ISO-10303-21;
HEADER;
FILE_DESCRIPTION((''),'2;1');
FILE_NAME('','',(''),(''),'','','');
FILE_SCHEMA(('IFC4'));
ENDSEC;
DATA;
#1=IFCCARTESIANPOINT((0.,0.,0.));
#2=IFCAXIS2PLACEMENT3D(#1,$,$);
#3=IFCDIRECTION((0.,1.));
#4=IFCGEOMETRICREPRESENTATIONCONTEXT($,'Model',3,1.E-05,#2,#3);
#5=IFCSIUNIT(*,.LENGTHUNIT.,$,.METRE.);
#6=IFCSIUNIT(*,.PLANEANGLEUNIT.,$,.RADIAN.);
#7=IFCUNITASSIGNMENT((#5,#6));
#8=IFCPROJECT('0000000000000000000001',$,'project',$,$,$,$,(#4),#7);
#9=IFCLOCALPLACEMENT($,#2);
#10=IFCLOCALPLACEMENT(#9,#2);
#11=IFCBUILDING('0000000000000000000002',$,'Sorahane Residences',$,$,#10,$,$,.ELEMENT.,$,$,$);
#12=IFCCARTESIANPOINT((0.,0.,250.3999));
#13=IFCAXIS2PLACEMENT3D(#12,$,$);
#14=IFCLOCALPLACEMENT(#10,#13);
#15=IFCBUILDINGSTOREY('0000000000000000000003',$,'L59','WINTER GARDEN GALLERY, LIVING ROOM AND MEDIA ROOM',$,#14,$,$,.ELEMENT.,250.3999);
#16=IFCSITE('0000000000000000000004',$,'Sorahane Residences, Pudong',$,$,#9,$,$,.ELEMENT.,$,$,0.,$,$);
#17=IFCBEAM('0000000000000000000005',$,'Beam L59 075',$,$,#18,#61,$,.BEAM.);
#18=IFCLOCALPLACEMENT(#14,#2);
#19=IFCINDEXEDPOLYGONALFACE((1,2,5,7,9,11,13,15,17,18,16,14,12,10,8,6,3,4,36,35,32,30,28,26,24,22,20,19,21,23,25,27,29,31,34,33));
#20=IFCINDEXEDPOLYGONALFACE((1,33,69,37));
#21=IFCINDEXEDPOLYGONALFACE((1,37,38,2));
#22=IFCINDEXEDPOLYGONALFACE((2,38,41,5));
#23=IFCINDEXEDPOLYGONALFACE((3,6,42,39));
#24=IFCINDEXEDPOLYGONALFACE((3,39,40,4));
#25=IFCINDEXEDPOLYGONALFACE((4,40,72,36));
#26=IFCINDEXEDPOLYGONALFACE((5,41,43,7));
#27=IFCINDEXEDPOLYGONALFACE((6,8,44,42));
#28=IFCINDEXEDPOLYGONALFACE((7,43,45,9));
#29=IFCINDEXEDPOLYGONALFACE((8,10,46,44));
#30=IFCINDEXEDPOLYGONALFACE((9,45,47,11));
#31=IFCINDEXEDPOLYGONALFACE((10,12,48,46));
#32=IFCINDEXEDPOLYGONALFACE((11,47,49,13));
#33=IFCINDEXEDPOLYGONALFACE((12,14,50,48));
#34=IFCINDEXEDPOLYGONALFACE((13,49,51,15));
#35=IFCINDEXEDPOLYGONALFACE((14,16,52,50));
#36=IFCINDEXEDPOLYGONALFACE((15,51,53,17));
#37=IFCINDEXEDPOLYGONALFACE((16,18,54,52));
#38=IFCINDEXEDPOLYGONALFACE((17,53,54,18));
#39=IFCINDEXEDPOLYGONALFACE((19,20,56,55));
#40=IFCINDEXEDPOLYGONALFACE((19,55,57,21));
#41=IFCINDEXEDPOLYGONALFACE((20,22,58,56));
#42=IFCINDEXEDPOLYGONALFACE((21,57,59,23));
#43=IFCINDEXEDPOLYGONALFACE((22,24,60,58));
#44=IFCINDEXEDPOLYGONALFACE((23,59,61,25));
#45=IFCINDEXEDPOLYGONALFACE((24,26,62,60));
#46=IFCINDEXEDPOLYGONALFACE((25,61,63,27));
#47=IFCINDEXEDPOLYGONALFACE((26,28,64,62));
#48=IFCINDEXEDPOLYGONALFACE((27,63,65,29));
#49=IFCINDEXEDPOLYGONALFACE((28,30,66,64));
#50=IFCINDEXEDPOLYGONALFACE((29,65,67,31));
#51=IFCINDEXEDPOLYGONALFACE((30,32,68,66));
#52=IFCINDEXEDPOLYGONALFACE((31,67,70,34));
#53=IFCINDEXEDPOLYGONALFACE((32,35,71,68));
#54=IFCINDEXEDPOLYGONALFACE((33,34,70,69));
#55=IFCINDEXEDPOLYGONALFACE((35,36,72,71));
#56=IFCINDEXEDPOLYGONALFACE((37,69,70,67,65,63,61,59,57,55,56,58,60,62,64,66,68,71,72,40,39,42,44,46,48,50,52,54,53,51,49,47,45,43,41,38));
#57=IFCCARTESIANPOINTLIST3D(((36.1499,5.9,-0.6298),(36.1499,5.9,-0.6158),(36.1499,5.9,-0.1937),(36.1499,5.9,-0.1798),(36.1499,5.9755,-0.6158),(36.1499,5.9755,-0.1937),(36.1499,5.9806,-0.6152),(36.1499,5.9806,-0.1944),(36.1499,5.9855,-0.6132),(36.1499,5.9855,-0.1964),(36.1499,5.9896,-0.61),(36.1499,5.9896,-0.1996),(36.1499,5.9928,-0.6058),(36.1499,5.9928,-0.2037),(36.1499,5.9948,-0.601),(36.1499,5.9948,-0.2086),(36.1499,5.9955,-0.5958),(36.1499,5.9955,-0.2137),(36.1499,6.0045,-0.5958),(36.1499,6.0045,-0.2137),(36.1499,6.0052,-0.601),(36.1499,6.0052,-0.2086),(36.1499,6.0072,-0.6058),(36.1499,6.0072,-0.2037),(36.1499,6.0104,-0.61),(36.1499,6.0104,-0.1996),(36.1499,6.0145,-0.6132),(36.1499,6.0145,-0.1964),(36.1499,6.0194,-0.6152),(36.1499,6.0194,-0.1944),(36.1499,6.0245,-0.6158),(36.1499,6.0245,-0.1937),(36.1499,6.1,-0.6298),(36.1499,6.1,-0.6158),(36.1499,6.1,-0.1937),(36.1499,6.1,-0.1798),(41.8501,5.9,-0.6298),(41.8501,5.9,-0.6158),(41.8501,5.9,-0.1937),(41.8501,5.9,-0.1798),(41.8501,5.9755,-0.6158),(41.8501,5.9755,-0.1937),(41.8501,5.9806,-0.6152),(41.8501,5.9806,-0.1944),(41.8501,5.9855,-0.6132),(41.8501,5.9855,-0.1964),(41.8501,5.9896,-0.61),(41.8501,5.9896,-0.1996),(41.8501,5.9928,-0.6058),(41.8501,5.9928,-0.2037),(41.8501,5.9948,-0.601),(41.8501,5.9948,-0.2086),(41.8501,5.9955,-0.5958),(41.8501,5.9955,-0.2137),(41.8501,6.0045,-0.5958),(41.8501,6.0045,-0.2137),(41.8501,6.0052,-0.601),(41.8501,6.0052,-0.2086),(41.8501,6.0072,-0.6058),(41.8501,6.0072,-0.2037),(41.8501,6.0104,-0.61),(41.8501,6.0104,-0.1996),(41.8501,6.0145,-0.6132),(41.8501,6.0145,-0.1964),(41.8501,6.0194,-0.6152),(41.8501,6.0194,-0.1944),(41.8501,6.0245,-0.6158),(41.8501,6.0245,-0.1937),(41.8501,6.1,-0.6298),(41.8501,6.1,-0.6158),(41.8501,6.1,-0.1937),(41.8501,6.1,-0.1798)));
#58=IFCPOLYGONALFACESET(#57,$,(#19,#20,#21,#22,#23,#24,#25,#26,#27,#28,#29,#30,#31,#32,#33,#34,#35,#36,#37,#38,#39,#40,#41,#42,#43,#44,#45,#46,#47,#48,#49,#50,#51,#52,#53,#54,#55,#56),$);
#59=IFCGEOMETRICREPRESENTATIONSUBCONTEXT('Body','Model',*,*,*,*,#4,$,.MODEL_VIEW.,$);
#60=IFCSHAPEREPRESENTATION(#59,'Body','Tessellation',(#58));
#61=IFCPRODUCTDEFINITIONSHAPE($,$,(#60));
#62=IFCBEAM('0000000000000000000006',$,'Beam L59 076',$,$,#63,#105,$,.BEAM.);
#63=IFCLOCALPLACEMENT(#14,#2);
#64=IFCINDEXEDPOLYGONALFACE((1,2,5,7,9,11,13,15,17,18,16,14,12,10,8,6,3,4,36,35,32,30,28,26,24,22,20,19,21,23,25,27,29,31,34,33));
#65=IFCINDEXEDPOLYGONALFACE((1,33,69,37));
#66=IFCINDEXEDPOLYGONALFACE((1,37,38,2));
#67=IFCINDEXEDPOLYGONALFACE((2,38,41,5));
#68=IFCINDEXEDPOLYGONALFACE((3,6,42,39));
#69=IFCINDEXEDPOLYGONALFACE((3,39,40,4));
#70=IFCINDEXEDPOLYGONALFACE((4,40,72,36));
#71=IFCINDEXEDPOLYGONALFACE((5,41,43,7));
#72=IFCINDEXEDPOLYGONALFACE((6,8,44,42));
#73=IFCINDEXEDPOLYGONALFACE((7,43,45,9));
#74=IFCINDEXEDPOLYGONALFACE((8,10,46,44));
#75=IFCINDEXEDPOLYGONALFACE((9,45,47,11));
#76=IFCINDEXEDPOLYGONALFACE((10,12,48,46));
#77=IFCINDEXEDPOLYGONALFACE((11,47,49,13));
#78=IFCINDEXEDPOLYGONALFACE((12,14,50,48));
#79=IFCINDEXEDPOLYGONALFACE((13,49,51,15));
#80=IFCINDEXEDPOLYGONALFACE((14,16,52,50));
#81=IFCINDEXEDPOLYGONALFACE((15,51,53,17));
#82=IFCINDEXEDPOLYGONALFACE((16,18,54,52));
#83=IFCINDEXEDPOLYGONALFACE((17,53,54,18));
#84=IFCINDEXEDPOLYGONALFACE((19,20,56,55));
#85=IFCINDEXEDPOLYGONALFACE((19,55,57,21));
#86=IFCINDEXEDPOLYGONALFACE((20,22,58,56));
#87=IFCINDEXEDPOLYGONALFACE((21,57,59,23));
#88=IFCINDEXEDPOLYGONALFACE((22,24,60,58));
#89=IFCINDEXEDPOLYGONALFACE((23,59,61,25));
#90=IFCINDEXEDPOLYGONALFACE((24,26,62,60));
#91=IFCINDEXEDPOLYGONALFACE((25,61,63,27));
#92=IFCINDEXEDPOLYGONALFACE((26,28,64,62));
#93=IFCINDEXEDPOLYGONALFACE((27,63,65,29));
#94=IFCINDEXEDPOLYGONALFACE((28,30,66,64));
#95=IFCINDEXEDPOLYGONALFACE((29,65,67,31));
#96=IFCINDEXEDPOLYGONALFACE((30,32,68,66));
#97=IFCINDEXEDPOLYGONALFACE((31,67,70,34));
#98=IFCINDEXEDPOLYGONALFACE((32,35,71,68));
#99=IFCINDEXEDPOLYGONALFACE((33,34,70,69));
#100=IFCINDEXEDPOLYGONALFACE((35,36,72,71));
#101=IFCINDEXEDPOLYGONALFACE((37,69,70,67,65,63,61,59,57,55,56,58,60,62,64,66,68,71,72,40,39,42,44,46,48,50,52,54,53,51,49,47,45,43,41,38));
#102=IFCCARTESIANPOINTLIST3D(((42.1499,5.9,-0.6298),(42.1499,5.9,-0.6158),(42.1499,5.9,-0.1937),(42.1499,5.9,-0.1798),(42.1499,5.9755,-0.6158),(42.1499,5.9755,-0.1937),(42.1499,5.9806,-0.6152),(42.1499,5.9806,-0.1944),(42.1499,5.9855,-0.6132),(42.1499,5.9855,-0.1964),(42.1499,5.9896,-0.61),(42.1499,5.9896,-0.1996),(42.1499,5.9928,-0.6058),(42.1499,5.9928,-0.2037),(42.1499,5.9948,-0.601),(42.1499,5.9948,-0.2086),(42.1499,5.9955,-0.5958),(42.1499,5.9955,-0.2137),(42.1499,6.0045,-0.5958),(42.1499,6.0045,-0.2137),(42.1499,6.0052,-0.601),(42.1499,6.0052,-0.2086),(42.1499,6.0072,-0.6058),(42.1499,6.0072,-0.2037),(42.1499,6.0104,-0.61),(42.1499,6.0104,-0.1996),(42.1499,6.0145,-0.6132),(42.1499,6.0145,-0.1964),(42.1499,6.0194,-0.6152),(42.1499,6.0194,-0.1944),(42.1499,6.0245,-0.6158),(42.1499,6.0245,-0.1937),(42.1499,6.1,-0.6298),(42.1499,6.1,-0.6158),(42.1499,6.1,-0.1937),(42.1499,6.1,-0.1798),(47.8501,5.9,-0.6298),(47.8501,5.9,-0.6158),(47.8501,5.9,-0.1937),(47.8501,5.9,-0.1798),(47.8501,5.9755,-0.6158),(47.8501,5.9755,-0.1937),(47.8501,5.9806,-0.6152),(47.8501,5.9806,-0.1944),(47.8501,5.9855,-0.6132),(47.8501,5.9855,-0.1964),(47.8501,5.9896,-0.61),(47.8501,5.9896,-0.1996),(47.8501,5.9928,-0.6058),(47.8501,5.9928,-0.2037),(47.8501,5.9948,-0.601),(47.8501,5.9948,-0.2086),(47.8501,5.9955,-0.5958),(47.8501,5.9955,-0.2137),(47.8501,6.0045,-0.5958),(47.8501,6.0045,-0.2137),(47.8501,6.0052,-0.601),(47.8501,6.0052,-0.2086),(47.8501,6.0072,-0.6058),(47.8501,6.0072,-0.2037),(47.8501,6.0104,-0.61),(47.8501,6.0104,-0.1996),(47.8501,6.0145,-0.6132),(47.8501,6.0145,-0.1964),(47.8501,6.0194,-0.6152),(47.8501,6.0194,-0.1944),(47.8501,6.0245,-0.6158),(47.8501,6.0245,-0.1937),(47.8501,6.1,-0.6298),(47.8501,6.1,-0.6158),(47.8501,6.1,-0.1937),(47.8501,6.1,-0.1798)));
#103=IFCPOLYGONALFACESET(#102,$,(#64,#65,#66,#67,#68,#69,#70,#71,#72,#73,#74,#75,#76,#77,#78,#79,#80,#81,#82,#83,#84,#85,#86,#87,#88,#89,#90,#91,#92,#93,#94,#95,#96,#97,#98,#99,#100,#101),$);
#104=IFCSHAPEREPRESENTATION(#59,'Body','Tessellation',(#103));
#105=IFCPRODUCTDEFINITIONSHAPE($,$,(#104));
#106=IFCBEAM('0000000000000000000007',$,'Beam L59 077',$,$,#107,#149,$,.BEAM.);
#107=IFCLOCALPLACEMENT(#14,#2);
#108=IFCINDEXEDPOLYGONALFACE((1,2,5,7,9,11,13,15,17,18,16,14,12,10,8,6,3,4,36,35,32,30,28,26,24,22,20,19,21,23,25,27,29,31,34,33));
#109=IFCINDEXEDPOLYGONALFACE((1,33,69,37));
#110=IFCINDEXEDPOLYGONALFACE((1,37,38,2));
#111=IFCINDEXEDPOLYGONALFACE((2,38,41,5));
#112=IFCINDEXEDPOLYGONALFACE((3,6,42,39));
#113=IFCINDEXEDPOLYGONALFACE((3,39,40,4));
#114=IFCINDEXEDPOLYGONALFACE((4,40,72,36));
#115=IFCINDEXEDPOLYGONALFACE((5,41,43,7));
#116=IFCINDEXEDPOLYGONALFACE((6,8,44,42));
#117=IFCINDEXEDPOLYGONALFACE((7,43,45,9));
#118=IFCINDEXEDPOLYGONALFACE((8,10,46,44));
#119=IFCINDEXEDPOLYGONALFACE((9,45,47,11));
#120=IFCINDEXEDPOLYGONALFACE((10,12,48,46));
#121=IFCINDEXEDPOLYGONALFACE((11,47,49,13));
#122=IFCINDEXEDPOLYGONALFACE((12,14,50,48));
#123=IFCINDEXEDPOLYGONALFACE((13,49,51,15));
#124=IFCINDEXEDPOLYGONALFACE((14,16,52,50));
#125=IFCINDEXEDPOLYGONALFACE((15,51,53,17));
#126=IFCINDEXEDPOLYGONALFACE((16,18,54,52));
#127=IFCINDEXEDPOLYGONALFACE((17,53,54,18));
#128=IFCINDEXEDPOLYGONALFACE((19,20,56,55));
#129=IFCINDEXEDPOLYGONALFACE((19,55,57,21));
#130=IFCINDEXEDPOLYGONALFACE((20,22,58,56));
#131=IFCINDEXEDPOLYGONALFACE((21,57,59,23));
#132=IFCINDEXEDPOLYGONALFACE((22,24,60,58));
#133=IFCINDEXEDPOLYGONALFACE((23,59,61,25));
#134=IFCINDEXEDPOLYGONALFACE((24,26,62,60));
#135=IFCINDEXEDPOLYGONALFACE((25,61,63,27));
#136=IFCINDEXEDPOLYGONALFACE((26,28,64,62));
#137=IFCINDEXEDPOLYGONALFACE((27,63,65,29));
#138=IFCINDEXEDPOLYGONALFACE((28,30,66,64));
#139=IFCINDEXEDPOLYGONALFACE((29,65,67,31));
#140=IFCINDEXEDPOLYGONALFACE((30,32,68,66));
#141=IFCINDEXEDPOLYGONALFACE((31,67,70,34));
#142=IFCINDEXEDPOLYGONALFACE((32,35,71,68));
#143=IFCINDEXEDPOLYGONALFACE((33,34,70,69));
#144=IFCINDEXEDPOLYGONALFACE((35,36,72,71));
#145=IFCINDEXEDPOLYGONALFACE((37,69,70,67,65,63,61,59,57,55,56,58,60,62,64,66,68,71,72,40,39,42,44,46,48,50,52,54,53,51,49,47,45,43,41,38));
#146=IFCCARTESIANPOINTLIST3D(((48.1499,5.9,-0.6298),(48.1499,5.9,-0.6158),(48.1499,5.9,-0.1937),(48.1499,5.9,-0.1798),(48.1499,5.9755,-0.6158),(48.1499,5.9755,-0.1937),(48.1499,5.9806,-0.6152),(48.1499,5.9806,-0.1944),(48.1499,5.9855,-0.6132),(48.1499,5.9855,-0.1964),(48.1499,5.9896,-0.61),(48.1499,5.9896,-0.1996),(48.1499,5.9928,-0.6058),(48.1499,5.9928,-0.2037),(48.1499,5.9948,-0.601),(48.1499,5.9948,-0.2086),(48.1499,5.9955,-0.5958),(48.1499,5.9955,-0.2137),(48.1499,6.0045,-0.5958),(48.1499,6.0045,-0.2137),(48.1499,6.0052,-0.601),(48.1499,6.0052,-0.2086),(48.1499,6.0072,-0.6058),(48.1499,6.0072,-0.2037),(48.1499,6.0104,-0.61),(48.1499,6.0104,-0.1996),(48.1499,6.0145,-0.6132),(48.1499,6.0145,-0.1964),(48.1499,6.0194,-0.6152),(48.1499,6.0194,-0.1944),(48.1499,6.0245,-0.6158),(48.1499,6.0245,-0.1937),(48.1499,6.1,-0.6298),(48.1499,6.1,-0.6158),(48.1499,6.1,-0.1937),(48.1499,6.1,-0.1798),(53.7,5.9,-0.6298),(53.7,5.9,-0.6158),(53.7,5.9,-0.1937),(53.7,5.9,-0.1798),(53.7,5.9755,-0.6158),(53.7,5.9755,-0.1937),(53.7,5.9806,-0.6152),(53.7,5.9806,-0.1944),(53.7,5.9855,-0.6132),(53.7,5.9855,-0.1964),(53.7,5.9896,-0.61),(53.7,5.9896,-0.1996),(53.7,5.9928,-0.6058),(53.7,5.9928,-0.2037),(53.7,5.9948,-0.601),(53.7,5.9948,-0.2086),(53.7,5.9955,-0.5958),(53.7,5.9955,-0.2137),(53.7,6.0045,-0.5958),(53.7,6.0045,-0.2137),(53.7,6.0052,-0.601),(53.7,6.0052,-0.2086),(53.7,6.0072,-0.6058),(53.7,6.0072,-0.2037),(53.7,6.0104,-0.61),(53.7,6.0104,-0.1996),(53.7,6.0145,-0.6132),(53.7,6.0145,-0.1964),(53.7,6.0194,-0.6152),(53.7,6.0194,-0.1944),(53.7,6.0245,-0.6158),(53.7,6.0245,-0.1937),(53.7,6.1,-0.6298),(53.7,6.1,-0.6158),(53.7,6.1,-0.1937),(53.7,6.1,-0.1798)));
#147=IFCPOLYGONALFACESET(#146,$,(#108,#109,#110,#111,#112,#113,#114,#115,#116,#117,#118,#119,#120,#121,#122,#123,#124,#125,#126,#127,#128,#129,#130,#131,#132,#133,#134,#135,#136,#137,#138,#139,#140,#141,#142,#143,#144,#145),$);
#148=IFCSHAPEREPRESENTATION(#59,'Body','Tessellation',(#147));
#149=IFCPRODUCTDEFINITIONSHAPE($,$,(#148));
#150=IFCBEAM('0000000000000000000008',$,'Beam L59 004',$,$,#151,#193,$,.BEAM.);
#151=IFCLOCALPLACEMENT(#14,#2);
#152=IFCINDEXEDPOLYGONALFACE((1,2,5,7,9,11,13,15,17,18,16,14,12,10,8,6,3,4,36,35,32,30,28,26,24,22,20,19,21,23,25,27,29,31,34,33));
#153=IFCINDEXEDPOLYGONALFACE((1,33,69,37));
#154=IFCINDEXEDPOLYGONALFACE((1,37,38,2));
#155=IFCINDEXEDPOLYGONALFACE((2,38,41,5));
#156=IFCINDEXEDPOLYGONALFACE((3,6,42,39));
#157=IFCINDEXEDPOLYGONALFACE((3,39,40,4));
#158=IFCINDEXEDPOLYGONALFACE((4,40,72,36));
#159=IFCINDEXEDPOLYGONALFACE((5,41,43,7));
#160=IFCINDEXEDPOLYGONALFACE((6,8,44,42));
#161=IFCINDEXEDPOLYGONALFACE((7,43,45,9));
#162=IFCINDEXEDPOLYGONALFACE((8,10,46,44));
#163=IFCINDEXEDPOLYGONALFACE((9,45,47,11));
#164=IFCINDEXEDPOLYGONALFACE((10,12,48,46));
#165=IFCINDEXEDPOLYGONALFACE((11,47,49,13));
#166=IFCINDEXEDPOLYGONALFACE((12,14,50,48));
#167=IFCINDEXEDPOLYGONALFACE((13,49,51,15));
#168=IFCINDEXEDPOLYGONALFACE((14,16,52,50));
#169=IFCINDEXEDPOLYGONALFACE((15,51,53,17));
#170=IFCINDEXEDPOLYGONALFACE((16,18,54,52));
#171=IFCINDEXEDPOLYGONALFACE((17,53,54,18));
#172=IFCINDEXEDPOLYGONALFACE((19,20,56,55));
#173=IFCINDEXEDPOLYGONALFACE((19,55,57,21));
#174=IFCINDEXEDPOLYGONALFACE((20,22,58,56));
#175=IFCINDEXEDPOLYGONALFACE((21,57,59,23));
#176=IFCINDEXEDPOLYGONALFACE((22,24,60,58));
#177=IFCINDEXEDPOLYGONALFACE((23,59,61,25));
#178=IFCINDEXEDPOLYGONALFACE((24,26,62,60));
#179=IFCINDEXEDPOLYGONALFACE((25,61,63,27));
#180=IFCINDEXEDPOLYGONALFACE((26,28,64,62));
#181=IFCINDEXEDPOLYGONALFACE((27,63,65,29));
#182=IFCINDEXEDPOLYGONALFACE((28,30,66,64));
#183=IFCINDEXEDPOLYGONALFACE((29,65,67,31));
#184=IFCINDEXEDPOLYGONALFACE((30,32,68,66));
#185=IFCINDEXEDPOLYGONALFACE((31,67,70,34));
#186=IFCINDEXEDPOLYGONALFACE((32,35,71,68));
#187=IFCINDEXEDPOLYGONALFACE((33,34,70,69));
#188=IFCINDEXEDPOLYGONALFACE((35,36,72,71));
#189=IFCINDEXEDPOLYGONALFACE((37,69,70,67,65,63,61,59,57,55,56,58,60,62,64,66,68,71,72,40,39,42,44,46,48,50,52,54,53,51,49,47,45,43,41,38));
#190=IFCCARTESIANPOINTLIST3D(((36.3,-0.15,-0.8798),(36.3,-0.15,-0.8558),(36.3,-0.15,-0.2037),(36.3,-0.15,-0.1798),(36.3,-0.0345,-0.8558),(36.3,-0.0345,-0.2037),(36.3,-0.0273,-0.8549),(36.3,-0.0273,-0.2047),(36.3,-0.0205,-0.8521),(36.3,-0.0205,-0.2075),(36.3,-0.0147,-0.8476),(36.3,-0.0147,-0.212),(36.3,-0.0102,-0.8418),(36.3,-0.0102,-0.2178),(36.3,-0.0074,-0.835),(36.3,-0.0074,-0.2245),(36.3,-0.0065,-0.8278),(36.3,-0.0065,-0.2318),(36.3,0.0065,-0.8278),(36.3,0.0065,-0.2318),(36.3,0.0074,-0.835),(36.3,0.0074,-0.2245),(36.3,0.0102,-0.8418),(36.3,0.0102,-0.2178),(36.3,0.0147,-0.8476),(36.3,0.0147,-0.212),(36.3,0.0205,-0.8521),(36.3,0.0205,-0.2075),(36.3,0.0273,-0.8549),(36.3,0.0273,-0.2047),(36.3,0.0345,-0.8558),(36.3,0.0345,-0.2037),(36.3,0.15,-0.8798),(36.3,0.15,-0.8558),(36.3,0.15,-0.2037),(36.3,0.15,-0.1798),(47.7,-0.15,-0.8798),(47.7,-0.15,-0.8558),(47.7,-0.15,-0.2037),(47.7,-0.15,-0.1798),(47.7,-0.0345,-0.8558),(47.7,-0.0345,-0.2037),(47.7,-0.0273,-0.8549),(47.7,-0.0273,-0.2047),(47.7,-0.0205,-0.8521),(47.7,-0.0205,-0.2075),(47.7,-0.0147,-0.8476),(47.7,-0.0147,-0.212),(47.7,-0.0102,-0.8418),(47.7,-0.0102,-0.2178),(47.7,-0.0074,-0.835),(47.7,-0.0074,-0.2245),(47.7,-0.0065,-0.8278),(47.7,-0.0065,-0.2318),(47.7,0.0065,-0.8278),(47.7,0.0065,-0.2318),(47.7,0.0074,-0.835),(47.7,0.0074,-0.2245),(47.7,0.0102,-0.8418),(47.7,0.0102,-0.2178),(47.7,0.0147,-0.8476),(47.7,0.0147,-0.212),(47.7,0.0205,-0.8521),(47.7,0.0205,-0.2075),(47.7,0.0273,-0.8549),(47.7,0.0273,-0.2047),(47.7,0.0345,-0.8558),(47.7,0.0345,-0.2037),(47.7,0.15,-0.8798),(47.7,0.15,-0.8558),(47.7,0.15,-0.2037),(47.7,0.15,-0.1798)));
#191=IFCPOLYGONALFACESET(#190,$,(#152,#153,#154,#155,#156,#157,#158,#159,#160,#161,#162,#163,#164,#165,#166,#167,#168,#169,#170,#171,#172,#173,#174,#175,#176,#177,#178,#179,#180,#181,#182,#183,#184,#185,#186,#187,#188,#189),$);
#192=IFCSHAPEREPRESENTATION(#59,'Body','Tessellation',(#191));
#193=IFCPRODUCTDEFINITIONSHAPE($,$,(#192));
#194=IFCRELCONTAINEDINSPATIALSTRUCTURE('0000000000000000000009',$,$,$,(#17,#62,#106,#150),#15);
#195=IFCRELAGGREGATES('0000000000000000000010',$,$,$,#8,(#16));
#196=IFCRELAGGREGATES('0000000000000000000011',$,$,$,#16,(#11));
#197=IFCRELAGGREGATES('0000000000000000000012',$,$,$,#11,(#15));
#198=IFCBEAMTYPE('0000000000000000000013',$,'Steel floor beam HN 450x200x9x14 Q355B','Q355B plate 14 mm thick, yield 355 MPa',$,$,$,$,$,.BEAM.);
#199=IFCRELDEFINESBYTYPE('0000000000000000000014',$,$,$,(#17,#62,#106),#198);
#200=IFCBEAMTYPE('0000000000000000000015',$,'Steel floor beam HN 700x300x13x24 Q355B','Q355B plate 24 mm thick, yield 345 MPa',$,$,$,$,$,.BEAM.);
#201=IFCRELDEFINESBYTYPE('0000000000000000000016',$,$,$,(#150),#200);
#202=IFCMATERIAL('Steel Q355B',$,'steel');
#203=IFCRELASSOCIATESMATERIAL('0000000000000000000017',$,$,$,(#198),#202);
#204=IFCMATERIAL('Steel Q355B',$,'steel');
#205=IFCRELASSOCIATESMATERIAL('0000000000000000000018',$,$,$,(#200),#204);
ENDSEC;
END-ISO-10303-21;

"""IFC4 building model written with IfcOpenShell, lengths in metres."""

from ifc_helpers import new_model, si_unit, direction, frame, origin, origin_2d, place, context, subcontext, project, spatial, i_section, extrude, material, material_profile, profile_set, type_object, element, save


model = new_model("IFC4")

# Units and contexts
model_context = context("Model", 3, precision=1e-05, world=origin(), true_north=direction((0.0, 1.0)))
body_context = subcontext(model_context, "Body", "Model", "MODEL_VIEW")
ifc_project = project(units=[si_unit("LENGTHUNIT", "METRE"), si_unit("PLANEANGLEUNIT", "RADIAN")], contexts=[model_context])

# Site, building, storey
site_placement = place(None, origin())
site = spatial("IfcSite", under=ifc_project, at=site_placement, Name="Sorahane Residences, Pudong", CompositionType="ELEMENT", RefElevation=0.0)
building_placement = place(site_placement, origin())
building = spatial("IfcBuilding", under=site, at=building_placement, Name="Sorahane Residences", CompositionType="ELEMENT")
storey_placement = place(building_placement, frame((0.0, 0.0, 250.3999)))
storey = spatial("IfcBuildingStorey", under=building, at=storey_placement, Name="L59", Description="WINTER GARDEN GALLERY, LIVING ROOM AND MEDIA ROOM", CompositionType="ELEMENT", Elevation=250.3999)

# Beams
ifc_material_1 = material(Name="Steel Q355B", Category="steel")
ifc_material_profile_1 = material_profile(ifc_material_1, i_section(OverallWidth=0.2, OverallDepth=0.45, WebThickness=0.009, FlangeThickness=0.0139, FilletRadius=0.02, at=origin_2d()), Name="HN 450x200x9x14")
ifc_profile_set_1 = profile_set([ifc_material_profile_1], Name="Steel Q355B")
beam_type_1 = type_object("IfcBeamType", Name="Steel floor beam HN 450x200x9x14 Q355B", Description="Q355B plate 14 mm thick, yield 355 MPa", PredefinedType="BEAM", material=ifc_profile_set_1)
for number, where, z_axis, x_axis, name in (
    (1, (36.1499, 6.0, -0.4048), (1.0, 0.0, 0.0), (0.0, 1.0, 0.0), "Beam L59 075"),
    (2, (42.1499, 6.0, -0.4048), (1.0, 0.0, 0.0), (0.0, 1.0, 0.0), "Beam L59 076"),
):
    element("IfcBeam", number, at=place(storey_placement, frame(where, z_axis=z_axis, x_axis=x_axis)), inside=storey, type_object=beam_type_1, Name=name, PredefinedType="BEAM", context=body_context, shape_type="SweptSolid", body=[
        extrude(i_section(OverallWidth=0.2, OverallDepth=0.45, WebThickness=0.009, FlangeThickness=0.0139, FilletRadius=0.02, at=origin_2d()), origin(), (0.0, 0.0, 1.0), 5.7002),
    ])
beam_1_placement = place(storey_placement, frame((48.1499, 6.0, -0.4048), z_axis=(1.0, 0.0, 0.0), x_axis=(0.0, 1.0, 0.0)))
element("IfcBeam", 3, at=beam_1_placement, inside=storey, type_object=beam_type_1, Name="Beam L59 077", PredefinedType="BEAM", context=body_context, shape_type="SweptSolid", body=[
    extrude(i_section(OverallWidth=0.2, OverallDepth=0.45, WebThickness=0.009, FlangeThickness=0.0139, FilletRadius=0.02, at=origin_2d()), origin(), (0.0, 0.0, 1.0), 5.55),
])
ifc_material_2 = material(Name="Steel Q355B", Category="steel")
ifc_material_profile_2 = material_profile(ifc_material_2, i_section(OverallWidth=0.3, OverallDepth=0.7, WebThickness=0.0129, FlangeThickness=0.0239, FilletRadius=0.0281, at=origin_2d()), Name="HN 700x300x13x24")
ifc_profile_set_2 = profile_set([ifc_material_profile_2], Name="Steel Q355B")
beam_type_2 = type_object("IfcBeamType", Name="Steel floor beam HN 700x300x13x24 Q355B", Description="Q355B plate 24 mm thick, yield 345 MPa", PredefinedType="BEAM", material=ifc_profile_set_2)
beam_2_placement = place(storey_placement, frame((36.3, 0.0, -0.5298), z_axis=(1.0, 0.0, 0.0), x_axis=(0.0, 1.0, 0.0)))
element("IfcBeam", 4, at=beam_2_placement, inside=storey, type_object=beam_type_2, Name="Beam L59 004", PredefinedType="BEAM", context=body_context, shape_type="SweptSolid", body=[
    extrude(i_section(OverallWidth=0.3, OverallDepth=0.7, WebThickness=0.0129, FlangeThickness=0.0239, FilletRadius=0.0281, at=origin_2d()), origin(), (0.0, 0.0, 1.0), 11.3999),
])

save(model, "model.ifc")
